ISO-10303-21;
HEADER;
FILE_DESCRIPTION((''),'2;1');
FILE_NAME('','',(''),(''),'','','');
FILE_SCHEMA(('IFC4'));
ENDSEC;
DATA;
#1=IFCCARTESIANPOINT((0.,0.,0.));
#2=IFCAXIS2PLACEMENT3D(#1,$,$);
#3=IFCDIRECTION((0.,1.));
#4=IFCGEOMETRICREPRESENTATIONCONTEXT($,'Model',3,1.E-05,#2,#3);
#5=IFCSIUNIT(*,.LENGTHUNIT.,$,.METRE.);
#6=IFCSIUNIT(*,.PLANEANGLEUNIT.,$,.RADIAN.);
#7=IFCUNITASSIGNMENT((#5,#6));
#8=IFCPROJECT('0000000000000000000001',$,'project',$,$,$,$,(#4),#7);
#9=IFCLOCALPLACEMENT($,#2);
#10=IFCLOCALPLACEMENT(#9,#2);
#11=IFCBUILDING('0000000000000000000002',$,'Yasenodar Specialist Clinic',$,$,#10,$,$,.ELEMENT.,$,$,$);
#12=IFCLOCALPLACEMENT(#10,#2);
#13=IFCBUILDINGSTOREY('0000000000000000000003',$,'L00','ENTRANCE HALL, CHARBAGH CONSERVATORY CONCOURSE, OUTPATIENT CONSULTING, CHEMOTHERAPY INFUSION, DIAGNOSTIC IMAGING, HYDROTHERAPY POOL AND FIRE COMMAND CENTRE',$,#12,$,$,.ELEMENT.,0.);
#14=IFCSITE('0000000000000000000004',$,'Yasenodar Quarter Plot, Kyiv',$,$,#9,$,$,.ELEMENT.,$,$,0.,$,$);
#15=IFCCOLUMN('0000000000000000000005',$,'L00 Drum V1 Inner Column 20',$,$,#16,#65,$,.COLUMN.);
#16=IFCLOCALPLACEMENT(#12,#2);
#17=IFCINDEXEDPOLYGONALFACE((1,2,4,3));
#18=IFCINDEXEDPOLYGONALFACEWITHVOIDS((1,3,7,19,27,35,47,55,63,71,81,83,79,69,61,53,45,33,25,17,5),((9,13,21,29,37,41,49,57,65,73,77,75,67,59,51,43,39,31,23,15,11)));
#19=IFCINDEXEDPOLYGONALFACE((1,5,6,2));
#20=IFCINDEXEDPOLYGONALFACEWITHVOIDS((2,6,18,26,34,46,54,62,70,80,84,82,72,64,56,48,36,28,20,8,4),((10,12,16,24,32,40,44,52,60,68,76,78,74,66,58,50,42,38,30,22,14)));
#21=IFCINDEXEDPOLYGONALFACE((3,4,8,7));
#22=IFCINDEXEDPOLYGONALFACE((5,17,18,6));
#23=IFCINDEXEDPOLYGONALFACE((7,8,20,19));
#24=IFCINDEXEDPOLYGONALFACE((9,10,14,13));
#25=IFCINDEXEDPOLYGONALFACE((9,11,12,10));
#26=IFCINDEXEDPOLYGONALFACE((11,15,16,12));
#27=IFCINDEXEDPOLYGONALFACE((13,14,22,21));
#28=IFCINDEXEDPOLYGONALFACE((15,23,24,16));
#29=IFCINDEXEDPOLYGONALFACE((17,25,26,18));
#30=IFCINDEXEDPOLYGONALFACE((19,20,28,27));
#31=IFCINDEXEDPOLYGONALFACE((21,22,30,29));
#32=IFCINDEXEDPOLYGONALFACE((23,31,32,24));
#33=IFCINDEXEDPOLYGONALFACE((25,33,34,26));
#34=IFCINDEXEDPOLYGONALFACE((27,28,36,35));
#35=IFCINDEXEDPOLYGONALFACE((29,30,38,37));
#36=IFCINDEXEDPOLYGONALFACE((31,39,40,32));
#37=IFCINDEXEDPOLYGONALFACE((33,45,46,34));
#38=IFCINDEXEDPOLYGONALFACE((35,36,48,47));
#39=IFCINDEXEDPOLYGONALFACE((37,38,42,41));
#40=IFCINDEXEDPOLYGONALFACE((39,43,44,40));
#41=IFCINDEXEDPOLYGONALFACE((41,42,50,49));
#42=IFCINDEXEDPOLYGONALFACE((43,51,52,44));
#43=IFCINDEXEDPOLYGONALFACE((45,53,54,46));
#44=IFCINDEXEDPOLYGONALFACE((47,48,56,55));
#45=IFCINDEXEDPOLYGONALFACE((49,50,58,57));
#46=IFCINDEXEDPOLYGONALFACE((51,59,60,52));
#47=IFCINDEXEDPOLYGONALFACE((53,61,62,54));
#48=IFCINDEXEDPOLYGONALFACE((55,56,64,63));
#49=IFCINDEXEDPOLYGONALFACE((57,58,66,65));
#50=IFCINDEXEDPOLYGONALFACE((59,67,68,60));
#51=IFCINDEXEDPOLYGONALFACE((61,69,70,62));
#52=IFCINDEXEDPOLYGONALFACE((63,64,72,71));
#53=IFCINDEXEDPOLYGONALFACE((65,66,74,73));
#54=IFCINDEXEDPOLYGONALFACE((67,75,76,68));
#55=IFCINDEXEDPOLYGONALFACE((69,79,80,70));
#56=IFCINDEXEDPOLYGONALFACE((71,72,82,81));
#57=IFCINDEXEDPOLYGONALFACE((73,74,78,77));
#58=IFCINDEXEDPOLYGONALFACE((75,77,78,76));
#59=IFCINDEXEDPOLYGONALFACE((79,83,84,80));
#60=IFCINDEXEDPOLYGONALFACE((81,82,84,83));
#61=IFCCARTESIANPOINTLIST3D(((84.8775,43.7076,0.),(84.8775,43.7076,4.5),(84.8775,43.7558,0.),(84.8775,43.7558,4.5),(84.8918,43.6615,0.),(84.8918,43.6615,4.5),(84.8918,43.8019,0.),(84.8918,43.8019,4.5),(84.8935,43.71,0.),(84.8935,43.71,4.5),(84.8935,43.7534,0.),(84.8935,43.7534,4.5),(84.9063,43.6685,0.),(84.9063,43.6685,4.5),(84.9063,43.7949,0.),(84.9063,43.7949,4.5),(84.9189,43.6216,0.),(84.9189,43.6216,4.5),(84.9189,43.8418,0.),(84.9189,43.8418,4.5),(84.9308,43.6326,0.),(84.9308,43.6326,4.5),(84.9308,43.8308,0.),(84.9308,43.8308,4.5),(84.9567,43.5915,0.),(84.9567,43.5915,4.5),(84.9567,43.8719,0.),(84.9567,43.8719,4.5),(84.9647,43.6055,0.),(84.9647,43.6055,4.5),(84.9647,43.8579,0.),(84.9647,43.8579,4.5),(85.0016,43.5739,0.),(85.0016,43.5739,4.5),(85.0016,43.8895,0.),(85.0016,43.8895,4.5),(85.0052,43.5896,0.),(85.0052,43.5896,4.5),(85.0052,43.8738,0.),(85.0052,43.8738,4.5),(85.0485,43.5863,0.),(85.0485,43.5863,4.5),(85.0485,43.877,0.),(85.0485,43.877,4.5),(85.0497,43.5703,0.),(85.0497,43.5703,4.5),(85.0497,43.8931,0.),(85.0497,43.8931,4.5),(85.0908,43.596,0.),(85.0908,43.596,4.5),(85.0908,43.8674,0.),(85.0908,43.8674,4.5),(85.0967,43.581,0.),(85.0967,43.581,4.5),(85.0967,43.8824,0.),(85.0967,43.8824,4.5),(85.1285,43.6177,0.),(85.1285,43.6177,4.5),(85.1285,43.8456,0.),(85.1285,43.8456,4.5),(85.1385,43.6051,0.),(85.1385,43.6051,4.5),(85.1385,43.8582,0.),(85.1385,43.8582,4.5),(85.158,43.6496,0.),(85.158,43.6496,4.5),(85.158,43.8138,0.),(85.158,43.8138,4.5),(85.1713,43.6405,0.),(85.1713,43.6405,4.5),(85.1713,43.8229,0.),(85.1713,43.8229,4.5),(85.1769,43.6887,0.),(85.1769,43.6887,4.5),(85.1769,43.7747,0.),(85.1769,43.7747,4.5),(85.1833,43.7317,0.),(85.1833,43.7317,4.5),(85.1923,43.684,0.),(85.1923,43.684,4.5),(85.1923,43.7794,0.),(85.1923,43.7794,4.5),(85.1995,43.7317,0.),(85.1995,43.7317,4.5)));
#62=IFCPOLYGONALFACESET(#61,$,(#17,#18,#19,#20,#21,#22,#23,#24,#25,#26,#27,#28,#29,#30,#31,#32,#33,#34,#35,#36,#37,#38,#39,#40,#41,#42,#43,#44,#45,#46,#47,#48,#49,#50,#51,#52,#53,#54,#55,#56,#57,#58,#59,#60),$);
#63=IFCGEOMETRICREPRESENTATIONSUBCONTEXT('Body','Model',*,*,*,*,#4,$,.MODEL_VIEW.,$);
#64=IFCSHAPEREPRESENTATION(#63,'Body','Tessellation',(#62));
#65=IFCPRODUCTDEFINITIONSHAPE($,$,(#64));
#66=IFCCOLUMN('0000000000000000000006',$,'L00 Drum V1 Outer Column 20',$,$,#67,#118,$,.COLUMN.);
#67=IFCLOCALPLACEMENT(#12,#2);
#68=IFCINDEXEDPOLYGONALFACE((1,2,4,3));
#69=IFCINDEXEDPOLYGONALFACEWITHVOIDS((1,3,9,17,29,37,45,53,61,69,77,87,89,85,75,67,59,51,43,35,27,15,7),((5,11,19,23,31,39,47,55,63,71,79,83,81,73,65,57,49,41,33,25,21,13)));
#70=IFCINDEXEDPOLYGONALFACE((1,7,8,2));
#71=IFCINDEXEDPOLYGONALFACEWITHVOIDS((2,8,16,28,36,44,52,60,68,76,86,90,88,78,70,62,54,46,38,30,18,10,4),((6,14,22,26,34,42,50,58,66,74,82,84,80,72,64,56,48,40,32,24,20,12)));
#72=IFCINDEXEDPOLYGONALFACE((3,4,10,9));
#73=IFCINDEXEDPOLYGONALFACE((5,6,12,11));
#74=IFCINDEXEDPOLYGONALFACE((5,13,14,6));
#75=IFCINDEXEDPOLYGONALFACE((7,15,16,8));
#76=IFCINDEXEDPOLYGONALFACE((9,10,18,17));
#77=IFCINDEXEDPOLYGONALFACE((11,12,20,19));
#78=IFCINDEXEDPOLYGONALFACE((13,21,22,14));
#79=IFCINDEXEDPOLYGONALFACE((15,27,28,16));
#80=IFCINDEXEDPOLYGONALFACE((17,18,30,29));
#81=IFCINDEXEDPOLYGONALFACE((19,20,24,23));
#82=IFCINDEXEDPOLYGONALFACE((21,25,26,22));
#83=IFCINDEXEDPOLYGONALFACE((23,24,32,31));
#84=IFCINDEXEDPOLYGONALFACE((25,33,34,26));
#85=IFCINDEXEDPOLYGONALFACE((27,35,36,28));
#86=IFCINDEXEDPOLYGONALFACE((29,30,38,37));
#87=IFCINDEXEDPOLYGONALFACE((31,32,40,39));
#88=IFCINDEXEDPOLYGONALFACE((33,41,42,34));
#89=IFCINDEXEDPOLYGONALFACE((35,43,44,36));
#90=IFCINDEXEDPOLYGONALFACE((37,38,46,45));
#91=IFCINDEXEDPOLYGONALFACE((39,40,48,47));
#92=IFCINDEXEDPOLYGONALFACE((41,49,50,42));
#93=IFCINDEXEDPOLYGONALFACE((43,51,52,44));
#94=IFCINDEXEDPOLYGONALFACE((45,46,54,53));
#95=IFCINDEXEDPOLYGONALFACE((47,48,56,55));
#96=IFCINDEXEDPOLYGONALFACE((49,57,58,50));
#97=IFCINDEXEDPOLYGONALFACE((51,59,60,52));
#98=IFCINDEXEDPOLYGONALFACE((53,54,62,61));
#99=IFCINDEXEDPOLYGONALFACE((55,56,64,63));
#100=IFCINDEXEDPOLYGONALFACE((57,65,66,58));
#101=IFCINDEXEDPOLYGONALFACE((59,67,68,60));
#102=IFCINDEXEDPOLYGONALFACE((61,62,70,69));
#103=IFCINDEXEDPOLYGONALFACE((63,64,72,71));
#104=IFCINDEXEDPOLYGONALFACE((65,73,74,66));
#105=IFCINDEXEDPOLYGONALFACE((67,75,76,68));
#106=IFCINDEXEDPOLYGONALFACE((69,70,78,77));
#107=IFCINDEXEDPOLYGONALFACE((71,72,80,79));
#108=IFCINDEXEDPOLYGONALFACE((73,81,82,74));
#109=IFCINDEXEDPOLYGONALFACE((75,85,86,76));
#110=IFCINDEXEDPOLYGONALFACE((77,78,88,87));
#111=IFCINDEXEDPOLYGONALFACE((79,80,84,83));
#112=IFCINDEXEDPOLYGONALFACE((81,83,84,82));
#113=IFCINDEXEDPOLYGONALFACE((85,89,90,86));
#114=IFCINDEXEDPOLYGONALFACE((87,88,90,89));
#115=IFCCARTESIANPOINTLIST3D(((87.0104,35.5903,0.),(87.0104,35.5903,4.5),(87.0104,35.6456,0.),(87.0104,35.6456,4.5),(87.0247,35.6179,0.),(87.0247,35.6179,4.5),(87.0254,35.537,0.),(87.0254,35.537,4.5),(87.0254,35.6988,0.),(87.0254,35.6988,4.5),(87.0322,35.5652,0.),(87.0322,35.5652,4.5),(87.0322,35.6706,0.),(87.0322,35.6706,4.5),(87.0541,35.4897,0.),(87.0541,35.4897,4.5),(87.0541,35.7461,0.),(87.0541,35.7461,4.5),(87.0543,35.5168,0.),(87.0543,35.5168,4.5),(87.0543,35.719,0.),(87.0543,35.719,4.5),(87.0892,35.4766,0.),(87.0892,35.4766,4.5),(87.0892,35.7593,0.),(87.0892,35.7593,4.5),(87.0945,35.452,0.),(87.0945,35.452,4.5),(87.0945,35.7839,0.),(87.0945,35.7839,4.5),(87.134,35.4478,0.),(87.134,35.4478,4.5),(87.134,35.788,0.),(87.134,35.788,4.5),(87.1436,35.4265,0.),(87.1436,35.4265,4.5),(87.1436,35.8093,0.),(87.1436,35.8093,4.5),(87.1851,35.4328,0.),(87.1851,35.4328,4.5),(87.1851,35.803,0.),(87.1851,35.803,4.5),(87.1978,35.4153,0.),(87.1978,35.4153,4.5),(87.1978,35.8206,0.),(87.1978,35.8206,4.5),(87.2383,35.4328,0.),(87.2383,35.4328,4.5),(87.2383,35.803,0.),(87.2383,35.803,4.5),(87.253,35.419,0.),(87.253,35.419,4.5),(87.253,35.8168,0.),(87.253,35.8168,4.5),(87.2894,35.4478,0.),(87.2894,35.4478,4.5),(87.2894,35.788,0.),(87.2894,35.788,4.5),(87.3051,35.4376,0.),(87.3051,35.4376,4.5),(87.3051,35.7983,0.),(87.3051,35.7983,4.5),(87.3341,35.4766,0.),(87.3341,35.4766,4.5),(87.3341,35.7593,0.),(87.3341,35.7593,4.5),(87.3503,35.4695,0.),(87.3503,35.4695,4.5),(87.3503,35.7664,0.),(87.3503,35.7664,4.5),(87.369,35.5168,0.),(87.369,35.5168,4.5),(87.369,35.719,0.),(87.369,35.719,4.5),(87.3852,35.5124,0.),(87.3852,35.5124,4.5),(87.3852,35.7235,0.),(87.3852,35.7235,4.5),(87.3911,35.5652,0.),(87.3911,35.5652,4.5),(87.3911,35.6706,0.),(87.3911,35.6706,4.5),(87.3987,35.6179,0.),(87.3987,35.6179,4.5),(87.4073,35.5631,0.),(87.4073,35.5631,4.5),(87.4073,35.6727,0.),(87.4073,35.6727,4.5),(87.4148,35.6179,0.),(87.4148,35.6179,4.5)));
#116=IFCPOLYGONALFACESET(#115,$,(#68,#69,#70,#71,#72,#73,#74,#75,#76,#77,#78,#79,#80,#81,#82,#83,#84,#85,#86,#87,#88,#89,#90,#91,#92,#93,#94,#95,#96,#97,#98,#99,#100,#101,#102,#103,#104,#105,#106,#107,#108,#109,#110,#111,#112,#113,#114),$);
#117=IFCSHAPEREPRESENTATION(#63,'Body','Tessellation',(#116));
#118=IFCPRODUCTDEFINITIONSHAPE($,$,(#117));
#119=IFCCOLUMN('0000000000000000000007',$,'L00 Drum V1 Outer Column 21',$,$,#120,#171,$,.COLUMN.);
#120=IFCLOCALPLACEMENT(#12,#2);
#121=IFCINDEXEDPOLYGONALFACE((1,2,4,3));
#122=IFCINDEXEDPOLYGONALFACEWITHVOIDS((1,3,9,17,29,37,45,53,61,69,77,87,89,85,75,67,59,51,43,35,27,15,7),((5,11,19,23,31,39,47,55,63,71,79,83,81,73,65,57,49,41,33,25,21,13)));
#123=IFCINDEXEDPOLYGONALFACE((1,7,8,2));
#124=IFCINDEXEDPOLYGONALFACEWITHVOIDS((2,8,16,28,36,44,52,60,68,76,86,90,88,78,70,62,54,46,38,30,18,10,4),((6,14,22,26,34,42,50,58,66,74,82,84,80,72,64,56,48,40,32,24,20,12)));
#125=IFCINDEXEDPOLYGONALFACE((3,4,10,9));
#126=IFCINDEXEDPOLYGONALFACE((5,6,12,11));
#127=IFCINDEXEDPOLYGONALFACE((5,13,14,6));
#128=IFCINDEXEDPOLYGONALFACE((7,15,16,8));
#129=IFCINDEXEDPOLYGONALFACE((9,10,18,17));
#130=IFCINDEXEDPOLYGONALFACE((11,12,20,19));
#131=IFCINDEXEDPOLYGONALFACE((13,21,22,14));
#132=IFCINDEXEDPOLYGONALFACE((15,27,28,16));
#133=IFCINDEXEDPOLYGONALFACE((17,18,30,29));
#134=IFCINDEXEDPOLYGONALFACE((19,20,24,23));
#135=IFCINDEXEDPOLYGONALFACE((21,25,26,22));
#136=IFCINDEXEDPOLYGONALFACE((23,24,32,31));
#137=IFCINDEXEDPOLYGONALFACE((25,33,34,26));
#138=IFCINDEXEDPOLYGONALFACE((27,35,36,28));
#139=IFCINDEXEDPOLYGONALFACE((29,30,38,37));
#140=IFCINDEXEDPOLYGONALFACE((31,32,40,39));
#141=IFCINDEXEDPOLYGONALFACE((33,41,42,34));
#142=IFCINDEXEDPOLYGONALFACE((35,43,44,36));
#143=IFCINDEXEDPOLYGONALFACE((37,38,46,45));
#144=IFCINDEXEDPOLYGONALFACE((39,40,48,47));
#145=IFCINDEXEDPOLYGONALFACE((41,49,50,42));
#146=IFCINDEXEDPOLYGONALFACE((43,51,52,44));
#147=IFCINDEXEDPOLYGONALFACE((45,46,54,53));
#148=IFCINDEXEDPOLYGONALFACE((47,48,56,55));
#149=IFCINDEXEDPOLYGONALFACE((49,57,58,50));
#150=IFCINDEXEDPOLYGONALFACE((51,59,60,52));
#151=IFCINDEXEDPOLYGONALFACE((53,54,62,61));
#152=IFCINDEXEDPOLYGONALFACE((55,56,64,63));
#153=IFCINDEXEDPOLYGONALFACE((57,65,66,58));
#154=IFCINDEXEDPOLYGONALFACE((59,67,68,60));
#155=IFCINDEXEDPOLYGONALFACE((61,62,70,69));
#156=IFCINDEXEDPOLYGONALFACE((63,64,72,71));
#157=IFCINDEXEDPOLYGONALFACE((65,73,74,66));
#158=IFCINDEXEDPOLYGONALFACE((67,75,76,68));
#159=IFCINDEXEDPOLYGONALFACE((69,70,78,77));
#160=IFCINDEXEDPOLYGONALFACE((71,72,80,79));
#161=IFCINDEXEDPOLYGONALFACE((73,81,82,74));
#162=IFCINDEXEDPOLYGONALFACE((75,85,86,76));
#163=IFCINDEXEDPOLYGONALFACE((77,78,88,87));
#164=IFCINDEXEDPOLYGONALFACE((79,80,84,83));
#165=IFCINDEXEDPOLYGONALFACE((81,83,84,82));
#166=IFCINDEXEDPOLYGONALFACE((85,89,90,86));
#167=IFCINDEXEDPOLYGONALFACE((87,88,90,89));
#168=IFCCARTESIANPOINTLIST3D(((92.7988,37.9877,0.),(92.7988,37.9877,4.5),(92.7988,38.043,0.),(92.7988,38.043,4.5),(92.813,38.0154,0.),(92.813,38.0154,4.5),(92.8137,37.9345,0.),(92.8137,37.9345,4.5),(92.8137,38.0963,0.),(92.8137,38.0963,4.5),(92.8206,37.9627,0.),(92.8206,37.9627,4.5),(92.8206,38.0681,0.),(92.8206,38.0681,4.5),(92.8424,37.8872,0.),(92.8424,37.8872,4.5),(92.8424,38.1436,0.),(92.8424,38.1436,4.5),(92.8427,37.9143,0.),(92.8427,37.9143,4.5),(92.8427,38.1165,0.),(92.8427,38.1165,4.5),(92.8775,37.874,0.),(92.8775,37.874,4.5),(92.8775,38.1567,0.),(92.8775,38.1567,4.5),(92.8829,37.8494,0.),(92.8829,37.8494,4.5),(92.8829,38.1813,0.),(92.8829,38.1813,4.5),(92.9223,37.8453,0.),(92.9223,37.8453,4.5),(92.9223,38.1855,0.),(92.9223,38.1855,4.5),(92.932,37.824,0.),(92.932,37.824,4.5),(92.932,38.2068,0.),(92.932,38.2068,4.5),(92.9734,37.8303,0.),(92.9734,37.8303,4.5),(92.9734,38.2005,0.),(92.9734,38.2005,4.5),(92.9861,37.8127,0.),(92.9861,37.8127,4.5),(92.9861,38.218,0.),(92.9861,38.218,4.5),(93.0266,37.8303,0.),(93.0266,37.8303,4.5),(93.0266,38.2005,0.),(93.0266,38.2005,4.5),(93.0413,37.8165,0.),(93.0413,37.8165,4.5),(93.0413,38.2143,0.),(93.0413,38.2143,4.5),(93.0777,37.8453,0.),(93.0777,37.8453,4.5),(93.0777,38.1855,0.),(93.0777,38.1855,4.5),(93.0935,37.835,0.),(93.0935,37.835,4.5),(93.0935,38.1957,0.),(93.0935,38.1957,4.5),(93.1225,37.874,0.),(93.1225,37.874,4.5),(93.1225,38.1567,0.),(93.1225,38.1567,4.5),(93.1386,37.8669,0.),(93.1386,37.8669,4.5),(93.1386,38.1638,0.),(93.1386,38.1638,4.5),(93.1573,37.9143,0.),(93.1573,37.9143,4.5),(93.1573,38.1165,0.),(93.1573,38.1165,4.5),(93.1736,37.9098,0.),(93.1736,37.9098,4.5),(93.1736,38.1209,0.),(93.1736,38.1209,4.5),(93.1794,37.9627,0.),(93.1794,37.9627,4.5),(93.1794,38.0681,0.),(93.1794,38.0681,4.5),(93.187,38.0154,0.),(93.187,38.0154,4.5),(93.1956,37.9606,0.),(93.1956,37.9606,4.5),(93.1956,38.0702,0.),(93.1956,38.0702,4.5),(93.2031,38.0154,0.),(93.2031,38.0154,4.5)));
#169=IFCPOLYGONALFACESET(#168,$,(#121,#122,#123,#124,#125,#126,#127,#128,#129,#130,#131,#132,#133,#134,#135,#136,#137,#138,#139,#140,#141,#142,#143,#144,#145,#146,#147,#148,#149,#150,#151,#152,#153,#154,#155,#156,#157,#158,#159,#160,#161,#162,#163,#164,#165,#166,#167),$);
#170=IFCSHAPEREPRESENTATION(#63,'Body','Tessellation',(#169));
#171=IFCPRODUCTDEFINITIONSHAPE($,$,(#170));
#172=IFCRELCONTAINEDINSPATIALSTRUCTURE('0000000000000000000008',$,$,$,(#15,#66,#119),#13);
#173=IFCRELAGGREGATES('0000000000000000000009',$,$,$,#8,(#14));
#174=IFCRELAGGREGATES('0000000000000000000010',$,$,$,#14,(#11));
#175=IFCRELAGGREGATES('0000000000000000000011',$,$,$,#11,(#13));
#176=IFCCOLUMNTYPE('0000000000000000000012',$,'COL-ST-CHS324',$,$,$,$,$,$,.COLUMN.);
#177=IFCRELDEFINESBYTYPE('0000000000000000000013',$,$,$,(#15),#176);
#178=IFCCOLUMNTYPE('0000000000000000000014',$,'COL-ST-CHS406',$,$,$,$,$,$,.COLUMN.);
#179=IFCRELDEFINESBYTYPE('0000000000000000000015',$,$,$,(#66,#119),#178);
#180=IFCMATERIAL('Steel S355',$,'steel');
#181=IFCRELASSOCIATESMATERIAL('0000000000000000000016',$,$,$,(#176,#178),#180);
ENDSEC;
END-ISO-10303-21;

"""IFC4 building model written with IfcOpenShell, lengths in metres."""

from ifc_helpers import new_model, si_unit, direction, frame, origin, origin_2d, place, context, subcontext, project, spatial, hollow_circle, extrude, material, material_profile, profile_set, type_object, element, save


model = new_model("IFC4")

# Units and contexts
model_context = context("Model", 3, precision=1e-05, world=origin(), true_north=direction((0.0, 1.0)))
body_context = subcontext(model_context, "Body", "Model", "MODEL_VIEW")
ifc_project = project(units=[si_unit("LENGTHUNIT", "METRE"), si_unit("PLANEANGLEUNIT", "RADIAN")], contexts=[model_context])

# Site, building, storey
site_placement = place(None, origin())
site = spatial("IfcSite", under=ifc_project, at=site_placement, Name="Yasenodar Quarter Plot, Kyiv", CompositionType="ELEMENT", RefElevation=0.0)
building_placement = place(site_placement, origin())
building = spatial("IfcBuilding", under=site, at=building_placement, Name="Yasenodar Specialist Clinic", CompositionType="ELEMENT")
storey_placement = place(building_placement, origin())
storey = spatial("IfcBuildingStorey", under=building, at=storey_placement, Name="L00", Description="ENTRANCE HALL, CHARBAGH CONSERVATORY CONCOURSE, OUTPATIENT CONSULTING, CHEMOTHERAPY INFUSION, DIAGNOSTIC IMAGING, HYDROTHERAPY POOL AND FIRE COMMAND CENTRE", CompositionType="ELEMENT", Elevation=0.0)

# Columns
ifc_material_1 = material(Name="Steel S355", Category="steel")
ifc_material_profile_1 = material_profile(ifc_material_1, hollow_circle(Radius=0.1619, WallThickness=0.0161, at=origin_2d()), Name="CHS 323.9x16")
ifc_profile_set_1 = profile_set([ifc_material_profile_1], Name="Steel S355")
column_type_1 = type_object("IfcColumnType", Name="COL-ST-CHS324", PredefinedType="COLUMN", material=ifc_profile_set_1)
column_placement = place(storey_placement, frame((85.0376, 43.7317, 0.0), z_axis=(0.0, 0.0, 1.0), x_axis=(1.0, 0.0, 0.0)))
element("IfcColumn", 1, at=column_placement, inside=storey, type_object=column_type_1, Name="L00 Drum V1 Inner Column 20", PredefinedType="COLUMN", context=body_context, shape_type="SweptSolid", body=[
    extrude(hollow_circle(Radius=0.1619, WallThickness=0.0161, at=origin_2d()), origin(), (0.0, 0.0, 1.0), 4.5),
])
ifc_material_profile_2 = material_profile(ifc_material_1, hollow_circle(Radius=0.2031, WallThickness=0.0161, at=origin_2d()), Name="CHS 406.4x16")
ifc_profile_set_2 = profile_set([ifc_material_profile_2], Name="Steel S355")
column_type_2 = type_object("IfcColumnType", Name="COL-ST-CHS406", PredefinedType="COLUMN", material=ifc_profile_set_2)
for number, where, z_axis, x_axis, name in (
    (2, (87.2117, 35.6179, 0.0), (0.0, 0.0, 1.0), (1.0, 0.0, 0.0), "L00 Drum V1 Outer Column 20"),
    (3, (93.0, 38.0154, 0.0), (0.0, 0.0, 1.0), (1.0, 0.0, 0.0), "L00 Drum V1 Outer Column 21"),
):
    element("IfcColumn", number, at=place(storey_placement, frame(where, z_axis=z_axis, x_axis=x_axis)), inside=storey, type_object=column_type_2, Name=name, PredefinedType="COLUMN", context=body_context, shape_type="SweptSolid", body=[
        extrude(hollow_circle(Radius=0.2031, WallThickness=0.0161, at=origin_2d()), origin(), (0.0, 0.0, 1.0), 4.5),
    ])

save(model, "model.ifc")
